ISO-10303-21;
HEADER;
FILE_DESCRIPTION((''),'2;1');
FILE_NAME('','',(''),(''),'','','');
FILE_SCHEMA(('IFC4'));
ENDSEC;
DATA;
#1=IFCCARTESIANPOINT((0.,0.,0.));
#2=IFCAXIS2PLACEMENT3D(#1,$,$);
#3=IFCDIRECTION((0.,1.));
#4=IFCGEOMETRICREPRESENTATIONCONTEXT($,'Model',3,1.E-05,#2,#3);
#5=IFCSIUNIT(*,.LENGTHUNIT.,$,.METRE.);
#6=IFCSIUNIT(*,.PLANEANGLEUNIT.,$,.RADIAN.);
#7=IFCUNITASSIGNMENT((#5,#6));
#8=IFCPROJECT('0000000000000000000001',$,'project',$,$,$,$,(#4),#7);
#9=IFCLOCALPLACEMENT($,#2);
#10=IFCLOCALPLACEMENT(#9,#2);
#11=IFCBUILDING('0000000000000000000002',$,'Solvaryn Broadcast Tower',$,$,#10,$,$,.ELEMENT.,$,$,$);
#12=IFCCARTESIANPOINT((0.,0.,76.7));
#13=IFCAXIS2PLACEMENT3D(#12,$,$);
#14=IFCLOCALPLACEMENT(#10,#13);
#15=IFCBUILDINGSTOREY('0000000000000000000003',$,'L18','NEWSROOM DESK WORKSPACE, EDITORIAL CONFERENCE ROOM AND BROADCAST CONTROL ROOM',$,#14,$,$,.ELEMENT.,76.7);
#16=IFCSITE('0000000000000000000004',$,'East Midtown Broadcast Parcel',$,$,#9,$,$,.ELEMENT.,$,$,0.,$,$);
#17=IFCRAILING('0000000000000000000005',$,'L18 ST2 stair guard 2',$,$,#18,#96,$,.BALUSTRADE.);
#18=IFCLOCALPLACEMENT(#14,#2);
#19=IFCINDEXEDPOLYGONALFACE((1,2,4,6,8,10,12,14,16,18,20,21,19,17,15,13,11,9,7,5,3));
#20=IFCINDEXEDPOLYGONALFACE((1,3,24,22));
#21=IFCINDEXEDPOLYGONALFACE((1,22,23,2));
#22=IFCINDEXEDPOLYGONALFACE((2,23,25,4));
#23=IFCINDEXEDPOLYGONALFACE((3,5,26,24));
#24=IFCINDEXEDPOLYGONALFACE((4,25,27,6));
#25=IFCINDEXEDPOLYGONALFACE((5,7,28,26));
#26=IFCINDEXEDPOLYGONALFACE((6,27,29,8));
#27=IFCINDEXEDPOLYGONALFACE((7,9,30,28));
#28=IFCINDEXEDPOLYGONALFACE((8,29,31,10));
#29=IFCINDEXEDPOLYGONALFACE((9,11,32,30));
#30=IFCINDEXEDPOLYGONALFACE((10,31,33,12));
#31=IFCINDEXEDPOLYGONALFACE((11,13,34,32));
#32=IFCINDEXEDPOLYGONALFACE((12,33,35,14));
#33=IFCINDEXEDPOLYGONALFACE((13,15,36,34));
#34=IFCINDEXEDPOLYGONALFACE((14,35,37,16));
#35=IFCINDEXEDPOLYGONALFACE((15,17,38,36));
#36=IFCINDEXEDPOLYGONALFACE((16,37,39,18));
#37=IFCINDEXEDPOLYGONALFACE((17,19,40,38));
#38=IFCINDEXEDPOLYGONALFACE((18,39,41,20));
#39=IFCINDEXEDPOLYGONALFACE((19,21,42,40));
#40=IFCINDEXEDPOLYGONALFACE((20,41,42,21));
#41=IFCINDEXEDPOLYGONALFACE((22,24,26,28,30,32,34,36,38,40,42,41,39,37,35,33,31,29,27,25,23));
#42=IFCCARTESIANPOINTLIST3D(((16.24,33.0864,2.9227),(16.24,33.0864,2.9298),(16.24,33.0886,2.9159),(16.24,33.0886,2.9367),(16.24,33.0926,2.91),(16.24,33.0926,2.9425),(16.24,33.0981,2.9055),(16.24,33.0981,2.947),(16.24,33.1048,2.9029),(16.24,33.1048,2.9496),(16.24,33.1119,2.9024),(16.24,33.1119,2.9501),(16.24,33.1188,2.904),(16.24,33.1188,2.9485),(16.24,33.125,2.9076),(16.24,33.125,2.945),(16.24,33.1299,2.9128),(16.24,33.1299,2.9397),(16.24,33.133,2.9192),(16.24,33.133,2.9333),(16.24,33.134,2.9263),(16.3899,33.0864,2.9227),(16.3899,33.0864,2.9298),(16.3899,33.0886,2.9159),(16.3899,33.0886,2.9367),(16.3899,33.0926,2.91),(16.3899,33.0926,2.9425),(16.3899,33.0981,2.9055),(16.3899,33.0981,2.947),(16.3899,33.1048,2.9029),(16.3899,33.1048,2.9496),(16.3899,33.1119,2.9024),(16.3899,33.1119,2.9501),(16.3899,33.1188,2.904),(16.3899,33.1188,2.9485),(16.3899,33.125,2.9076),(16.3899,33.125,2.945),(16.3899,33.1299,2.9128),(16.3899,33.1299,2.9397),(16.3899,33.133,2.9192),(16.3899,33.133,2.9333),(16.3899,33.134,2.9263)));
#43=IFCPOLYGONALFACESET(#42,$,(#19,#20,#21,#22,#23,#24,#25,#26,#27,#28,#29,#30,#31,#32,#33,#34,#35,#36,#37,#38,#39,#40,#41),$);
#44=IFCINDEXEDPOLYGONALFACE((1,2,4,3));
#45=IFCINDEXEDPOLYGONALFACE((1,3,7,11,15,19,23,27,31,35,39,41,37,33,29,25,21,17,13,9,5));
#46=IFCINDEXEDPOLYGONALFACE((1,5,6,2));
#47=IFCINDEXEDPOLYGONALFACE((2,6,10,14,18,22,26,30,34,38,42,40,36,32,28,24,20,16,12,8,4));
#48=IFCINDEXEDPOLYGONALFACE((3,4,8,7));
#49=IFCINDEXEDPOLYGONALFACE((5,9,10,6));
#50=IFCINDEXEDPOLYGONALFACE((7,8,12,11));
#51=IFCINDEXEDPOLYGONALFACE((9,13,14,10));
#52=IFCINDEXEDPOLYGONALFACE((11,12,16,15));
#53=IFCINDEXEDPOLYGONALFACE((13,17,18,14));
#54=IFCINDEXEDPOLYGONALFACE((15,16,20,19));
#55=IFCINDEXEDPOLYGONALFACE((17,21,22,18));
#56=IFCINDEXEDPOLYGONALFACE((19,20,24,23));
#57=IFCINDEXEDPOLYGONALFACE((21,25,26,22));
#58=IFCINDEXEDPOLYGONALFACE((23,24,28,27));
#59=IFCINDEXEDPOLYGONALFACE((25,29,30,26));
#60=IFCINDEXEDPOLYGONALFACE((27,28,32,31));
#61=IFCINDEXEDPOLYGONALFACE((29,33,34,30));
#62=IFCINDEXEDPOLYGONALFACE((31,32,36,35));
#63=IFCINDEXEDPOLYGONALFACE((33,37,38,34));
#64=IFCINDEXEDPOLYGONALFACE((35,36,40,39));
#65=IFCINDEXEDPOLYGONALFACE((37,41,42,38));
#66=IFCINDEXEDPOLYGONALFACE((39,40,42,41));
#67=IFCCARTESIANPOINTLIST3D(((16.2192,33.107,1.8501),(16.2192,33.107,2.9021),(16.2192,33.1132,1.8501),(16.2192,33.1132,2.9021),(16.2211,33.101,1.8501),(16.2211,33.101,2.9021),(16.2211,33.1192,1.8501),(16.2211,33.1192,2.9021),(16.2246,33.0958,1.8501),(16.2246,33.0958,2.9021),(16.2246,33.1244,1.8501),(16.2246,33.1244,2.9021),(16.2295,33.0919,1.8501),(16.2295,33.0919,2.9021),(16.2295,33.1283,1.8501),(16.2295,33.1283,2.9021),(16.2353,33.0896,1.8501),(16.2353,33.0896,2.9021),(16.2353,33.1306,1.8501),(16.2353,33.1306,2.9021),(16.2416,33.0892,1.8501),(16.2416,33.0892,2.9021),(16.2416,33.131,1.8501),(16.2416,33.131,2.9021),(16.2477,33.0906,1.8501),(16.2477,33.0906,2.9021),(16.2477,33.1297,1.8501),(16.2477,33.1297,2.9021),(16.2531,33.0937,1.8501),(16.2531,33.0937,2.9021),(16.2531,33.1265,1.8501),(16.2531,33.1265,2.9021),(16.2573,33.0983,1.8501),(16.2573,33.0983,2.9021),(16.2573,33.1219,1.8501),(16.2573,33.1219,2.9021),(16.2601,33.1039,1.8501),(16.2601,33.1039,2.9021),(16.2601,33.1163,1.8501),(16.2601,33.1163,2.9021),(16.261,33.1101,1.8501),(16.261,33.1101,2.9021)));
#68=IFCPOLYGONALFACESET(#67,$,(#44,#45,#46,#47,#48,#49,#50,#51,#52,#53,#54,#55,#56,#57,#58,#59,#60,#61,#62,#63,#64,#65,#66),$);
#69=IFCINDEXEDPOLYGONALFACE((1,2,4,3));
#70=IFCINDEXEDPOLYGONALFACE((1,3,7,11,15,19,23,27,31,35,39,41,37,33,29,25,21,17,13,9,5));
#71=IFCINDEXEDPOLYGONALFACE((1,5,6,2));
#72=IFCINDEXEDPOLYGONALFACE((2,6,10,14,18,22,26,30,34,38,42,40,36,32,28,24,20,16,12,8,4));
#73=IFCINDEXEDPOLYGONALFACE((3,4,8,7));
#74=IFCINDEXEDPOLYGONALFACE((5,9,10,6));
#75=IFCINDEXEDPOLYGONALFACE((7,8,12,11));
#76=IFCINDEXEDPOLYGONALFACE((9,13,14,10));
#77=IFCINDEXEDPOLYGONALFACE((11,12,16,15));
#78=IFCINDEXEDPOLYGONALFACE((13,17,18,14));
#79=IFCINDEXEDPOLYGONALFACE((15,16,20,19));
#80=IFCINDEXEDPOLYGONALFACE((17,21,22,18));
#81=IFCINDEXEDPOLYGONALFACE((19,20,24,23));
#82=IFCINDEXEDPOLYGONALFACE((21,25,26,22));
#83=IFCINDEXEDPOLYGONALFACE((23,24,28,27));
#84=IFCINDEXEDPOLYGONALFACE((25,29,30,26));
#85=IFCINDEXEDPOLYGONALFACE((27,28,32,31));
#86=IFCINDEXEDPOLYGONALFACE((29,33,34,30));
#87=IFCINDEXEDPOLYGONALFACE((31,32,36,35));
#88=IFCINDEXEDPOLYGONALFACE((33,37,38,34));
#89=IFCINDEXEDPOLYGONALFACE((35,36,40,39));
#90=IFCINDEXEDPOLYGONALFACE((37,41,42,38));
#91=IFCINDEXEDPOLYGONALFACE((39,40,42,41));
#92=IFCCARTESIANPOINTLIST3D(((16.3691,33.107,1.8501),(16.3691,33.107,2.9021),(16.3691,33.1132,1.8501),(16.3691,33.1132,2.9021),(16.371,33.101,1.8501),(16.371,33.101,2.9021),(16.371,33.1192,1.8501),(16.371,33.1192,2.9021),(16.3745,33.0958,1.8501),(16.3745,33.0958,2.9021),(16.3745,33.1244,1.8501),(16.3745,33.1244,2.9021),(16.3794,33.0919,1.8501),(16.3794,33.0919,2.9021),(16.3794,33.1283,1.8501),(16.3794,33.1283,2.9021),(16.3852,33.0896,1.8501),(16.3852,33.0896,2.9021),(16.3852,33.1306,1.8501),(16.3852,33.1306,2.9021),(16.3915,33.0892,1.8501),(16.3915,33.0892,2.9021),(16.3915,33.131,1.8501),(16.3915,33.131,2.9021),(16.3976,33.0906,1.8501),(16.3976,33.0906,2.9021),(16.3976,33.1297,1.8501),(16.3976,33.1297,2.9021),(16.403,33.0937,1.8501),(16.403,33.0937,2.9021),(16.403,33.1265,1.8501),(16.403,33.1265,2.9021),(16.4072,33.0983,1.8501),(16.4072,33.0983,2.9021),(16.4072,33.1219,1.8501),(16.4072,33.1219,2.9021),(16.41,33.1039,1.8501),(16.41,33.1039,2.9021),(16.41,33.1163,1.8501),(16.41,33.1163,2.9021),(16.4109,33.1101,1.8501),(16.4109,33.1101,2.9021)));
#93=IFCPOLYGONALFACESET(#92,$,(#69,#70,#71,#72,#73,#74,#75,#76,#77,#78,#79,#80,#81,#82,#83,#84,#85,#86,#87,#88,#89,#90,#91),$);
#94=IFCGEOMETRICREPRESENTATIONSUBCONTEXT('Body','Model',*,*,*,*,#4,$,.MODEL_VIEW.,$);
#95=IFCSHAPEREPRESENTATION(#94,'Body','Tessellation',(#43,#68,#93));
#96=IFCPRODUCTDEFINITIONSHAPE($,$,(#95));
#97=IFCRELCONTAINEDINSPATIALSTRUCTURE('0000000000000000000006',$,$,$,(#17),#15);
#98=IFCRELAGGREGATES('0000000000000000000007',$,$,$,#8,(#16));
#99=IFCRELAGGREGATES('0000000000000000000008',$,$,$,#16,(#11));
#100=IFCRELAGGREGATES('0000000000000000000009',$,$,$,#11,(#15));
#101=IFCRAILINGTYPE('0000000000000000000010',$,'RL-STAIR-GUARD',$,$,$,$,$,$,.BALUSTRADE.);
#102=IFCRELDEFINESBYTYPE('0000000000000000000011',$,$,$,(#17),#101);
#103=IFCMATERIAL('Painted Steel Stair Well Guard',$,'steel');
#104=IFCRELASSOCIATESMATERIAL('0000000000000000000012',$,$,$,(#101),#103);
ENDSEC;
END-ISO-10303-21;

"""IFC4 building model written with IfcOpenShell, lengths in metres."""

from ifc_helpers import new_model, si_unit, direction, frame, origin, origin_2d, place, context, subcontext, project, spatial, circle, extrude, material, type_object, element, save


model = new_model("IFC4")

# Units and contexts
model_context = context("Model", 3, precision=1e-05, world=origin(), true_north=direction((0.0, 1.0)))
body_context = subcontext(model_context, "Body", "Model", "MODEL_VIEW")
ifc_project = project(units=[si_unit("LENGTHUNIT", "METRE"), si_unit("PLANEANGLEUNIT", "RADIAN")], contexts=[model_context])

# Site, building, storey
site_placement = place(None, origin())
site = spatial("IfcSite", under=ifc_project, at=site_placement, Name="East Midtown Broadcast Parcel", CompositionType="ELEMENT", RefElevation=0.0)
building_placement = place(site_placement, origin())
building = spatial("IfcBuilding", under=site, at=building_placement, Name="Solvaryn Broadcast Tower", CompositionType="ELEMENT")
storey_placement = place(building_placement, frame((0.0, 0.0, 76.7)))
storey = spatial("IfcBuildingStorey", under=building, at=storey_placement, Name="L18", Description="NEWSROOM DESK WORKSPACE, EDITORIAL CONFERENCE ROOM AND BROADCAST CONTROL ROOM", CompositionType="ELEMENT", Elevation=76.7)

# Railing
ifc_material_1 = material(Name="Painted Steel Stair Well Guard", Category="steel")
railing_type_1 = type_object("IfcRailingType", Name="RL-STAIR-GUARD", PredefinedType="BALUSTRADE", material=ifc_material_1)
railing_1_placement = place(storey_placement, frame((16.24, 33.1101, 1.8501)))
element("IfcRailing", 1, at=railing_1_placement, inside=storey, type_object=railing_type_1, Name="L18 ST2 stair guard 2", PredefinedType="BALUSTRADE", context=body_context, shape_type="SweptSolid", body=[
    extrude(circle(Radius=0.0239, at=origin_2d()), frame((0.0, 0.0, 1.0762), z_axis=(1.0, 0.0, 0.0), x_axis=(0.0, 1.0, 0.0)), (0.0, 0.0, 1.0), 0.1499),
    extrude(circle(Radius=0.021, at=origin_2d()), origin(), (0.0, 0.0, 1.0), 1.052),
    extrude(circle(Radius=0.021, at=origin_2d()), frame((0.1499, 0.0, 0.0)), (0.0, 0.0, 1.0), 1.052),
])

save(model, "model.ifc")
